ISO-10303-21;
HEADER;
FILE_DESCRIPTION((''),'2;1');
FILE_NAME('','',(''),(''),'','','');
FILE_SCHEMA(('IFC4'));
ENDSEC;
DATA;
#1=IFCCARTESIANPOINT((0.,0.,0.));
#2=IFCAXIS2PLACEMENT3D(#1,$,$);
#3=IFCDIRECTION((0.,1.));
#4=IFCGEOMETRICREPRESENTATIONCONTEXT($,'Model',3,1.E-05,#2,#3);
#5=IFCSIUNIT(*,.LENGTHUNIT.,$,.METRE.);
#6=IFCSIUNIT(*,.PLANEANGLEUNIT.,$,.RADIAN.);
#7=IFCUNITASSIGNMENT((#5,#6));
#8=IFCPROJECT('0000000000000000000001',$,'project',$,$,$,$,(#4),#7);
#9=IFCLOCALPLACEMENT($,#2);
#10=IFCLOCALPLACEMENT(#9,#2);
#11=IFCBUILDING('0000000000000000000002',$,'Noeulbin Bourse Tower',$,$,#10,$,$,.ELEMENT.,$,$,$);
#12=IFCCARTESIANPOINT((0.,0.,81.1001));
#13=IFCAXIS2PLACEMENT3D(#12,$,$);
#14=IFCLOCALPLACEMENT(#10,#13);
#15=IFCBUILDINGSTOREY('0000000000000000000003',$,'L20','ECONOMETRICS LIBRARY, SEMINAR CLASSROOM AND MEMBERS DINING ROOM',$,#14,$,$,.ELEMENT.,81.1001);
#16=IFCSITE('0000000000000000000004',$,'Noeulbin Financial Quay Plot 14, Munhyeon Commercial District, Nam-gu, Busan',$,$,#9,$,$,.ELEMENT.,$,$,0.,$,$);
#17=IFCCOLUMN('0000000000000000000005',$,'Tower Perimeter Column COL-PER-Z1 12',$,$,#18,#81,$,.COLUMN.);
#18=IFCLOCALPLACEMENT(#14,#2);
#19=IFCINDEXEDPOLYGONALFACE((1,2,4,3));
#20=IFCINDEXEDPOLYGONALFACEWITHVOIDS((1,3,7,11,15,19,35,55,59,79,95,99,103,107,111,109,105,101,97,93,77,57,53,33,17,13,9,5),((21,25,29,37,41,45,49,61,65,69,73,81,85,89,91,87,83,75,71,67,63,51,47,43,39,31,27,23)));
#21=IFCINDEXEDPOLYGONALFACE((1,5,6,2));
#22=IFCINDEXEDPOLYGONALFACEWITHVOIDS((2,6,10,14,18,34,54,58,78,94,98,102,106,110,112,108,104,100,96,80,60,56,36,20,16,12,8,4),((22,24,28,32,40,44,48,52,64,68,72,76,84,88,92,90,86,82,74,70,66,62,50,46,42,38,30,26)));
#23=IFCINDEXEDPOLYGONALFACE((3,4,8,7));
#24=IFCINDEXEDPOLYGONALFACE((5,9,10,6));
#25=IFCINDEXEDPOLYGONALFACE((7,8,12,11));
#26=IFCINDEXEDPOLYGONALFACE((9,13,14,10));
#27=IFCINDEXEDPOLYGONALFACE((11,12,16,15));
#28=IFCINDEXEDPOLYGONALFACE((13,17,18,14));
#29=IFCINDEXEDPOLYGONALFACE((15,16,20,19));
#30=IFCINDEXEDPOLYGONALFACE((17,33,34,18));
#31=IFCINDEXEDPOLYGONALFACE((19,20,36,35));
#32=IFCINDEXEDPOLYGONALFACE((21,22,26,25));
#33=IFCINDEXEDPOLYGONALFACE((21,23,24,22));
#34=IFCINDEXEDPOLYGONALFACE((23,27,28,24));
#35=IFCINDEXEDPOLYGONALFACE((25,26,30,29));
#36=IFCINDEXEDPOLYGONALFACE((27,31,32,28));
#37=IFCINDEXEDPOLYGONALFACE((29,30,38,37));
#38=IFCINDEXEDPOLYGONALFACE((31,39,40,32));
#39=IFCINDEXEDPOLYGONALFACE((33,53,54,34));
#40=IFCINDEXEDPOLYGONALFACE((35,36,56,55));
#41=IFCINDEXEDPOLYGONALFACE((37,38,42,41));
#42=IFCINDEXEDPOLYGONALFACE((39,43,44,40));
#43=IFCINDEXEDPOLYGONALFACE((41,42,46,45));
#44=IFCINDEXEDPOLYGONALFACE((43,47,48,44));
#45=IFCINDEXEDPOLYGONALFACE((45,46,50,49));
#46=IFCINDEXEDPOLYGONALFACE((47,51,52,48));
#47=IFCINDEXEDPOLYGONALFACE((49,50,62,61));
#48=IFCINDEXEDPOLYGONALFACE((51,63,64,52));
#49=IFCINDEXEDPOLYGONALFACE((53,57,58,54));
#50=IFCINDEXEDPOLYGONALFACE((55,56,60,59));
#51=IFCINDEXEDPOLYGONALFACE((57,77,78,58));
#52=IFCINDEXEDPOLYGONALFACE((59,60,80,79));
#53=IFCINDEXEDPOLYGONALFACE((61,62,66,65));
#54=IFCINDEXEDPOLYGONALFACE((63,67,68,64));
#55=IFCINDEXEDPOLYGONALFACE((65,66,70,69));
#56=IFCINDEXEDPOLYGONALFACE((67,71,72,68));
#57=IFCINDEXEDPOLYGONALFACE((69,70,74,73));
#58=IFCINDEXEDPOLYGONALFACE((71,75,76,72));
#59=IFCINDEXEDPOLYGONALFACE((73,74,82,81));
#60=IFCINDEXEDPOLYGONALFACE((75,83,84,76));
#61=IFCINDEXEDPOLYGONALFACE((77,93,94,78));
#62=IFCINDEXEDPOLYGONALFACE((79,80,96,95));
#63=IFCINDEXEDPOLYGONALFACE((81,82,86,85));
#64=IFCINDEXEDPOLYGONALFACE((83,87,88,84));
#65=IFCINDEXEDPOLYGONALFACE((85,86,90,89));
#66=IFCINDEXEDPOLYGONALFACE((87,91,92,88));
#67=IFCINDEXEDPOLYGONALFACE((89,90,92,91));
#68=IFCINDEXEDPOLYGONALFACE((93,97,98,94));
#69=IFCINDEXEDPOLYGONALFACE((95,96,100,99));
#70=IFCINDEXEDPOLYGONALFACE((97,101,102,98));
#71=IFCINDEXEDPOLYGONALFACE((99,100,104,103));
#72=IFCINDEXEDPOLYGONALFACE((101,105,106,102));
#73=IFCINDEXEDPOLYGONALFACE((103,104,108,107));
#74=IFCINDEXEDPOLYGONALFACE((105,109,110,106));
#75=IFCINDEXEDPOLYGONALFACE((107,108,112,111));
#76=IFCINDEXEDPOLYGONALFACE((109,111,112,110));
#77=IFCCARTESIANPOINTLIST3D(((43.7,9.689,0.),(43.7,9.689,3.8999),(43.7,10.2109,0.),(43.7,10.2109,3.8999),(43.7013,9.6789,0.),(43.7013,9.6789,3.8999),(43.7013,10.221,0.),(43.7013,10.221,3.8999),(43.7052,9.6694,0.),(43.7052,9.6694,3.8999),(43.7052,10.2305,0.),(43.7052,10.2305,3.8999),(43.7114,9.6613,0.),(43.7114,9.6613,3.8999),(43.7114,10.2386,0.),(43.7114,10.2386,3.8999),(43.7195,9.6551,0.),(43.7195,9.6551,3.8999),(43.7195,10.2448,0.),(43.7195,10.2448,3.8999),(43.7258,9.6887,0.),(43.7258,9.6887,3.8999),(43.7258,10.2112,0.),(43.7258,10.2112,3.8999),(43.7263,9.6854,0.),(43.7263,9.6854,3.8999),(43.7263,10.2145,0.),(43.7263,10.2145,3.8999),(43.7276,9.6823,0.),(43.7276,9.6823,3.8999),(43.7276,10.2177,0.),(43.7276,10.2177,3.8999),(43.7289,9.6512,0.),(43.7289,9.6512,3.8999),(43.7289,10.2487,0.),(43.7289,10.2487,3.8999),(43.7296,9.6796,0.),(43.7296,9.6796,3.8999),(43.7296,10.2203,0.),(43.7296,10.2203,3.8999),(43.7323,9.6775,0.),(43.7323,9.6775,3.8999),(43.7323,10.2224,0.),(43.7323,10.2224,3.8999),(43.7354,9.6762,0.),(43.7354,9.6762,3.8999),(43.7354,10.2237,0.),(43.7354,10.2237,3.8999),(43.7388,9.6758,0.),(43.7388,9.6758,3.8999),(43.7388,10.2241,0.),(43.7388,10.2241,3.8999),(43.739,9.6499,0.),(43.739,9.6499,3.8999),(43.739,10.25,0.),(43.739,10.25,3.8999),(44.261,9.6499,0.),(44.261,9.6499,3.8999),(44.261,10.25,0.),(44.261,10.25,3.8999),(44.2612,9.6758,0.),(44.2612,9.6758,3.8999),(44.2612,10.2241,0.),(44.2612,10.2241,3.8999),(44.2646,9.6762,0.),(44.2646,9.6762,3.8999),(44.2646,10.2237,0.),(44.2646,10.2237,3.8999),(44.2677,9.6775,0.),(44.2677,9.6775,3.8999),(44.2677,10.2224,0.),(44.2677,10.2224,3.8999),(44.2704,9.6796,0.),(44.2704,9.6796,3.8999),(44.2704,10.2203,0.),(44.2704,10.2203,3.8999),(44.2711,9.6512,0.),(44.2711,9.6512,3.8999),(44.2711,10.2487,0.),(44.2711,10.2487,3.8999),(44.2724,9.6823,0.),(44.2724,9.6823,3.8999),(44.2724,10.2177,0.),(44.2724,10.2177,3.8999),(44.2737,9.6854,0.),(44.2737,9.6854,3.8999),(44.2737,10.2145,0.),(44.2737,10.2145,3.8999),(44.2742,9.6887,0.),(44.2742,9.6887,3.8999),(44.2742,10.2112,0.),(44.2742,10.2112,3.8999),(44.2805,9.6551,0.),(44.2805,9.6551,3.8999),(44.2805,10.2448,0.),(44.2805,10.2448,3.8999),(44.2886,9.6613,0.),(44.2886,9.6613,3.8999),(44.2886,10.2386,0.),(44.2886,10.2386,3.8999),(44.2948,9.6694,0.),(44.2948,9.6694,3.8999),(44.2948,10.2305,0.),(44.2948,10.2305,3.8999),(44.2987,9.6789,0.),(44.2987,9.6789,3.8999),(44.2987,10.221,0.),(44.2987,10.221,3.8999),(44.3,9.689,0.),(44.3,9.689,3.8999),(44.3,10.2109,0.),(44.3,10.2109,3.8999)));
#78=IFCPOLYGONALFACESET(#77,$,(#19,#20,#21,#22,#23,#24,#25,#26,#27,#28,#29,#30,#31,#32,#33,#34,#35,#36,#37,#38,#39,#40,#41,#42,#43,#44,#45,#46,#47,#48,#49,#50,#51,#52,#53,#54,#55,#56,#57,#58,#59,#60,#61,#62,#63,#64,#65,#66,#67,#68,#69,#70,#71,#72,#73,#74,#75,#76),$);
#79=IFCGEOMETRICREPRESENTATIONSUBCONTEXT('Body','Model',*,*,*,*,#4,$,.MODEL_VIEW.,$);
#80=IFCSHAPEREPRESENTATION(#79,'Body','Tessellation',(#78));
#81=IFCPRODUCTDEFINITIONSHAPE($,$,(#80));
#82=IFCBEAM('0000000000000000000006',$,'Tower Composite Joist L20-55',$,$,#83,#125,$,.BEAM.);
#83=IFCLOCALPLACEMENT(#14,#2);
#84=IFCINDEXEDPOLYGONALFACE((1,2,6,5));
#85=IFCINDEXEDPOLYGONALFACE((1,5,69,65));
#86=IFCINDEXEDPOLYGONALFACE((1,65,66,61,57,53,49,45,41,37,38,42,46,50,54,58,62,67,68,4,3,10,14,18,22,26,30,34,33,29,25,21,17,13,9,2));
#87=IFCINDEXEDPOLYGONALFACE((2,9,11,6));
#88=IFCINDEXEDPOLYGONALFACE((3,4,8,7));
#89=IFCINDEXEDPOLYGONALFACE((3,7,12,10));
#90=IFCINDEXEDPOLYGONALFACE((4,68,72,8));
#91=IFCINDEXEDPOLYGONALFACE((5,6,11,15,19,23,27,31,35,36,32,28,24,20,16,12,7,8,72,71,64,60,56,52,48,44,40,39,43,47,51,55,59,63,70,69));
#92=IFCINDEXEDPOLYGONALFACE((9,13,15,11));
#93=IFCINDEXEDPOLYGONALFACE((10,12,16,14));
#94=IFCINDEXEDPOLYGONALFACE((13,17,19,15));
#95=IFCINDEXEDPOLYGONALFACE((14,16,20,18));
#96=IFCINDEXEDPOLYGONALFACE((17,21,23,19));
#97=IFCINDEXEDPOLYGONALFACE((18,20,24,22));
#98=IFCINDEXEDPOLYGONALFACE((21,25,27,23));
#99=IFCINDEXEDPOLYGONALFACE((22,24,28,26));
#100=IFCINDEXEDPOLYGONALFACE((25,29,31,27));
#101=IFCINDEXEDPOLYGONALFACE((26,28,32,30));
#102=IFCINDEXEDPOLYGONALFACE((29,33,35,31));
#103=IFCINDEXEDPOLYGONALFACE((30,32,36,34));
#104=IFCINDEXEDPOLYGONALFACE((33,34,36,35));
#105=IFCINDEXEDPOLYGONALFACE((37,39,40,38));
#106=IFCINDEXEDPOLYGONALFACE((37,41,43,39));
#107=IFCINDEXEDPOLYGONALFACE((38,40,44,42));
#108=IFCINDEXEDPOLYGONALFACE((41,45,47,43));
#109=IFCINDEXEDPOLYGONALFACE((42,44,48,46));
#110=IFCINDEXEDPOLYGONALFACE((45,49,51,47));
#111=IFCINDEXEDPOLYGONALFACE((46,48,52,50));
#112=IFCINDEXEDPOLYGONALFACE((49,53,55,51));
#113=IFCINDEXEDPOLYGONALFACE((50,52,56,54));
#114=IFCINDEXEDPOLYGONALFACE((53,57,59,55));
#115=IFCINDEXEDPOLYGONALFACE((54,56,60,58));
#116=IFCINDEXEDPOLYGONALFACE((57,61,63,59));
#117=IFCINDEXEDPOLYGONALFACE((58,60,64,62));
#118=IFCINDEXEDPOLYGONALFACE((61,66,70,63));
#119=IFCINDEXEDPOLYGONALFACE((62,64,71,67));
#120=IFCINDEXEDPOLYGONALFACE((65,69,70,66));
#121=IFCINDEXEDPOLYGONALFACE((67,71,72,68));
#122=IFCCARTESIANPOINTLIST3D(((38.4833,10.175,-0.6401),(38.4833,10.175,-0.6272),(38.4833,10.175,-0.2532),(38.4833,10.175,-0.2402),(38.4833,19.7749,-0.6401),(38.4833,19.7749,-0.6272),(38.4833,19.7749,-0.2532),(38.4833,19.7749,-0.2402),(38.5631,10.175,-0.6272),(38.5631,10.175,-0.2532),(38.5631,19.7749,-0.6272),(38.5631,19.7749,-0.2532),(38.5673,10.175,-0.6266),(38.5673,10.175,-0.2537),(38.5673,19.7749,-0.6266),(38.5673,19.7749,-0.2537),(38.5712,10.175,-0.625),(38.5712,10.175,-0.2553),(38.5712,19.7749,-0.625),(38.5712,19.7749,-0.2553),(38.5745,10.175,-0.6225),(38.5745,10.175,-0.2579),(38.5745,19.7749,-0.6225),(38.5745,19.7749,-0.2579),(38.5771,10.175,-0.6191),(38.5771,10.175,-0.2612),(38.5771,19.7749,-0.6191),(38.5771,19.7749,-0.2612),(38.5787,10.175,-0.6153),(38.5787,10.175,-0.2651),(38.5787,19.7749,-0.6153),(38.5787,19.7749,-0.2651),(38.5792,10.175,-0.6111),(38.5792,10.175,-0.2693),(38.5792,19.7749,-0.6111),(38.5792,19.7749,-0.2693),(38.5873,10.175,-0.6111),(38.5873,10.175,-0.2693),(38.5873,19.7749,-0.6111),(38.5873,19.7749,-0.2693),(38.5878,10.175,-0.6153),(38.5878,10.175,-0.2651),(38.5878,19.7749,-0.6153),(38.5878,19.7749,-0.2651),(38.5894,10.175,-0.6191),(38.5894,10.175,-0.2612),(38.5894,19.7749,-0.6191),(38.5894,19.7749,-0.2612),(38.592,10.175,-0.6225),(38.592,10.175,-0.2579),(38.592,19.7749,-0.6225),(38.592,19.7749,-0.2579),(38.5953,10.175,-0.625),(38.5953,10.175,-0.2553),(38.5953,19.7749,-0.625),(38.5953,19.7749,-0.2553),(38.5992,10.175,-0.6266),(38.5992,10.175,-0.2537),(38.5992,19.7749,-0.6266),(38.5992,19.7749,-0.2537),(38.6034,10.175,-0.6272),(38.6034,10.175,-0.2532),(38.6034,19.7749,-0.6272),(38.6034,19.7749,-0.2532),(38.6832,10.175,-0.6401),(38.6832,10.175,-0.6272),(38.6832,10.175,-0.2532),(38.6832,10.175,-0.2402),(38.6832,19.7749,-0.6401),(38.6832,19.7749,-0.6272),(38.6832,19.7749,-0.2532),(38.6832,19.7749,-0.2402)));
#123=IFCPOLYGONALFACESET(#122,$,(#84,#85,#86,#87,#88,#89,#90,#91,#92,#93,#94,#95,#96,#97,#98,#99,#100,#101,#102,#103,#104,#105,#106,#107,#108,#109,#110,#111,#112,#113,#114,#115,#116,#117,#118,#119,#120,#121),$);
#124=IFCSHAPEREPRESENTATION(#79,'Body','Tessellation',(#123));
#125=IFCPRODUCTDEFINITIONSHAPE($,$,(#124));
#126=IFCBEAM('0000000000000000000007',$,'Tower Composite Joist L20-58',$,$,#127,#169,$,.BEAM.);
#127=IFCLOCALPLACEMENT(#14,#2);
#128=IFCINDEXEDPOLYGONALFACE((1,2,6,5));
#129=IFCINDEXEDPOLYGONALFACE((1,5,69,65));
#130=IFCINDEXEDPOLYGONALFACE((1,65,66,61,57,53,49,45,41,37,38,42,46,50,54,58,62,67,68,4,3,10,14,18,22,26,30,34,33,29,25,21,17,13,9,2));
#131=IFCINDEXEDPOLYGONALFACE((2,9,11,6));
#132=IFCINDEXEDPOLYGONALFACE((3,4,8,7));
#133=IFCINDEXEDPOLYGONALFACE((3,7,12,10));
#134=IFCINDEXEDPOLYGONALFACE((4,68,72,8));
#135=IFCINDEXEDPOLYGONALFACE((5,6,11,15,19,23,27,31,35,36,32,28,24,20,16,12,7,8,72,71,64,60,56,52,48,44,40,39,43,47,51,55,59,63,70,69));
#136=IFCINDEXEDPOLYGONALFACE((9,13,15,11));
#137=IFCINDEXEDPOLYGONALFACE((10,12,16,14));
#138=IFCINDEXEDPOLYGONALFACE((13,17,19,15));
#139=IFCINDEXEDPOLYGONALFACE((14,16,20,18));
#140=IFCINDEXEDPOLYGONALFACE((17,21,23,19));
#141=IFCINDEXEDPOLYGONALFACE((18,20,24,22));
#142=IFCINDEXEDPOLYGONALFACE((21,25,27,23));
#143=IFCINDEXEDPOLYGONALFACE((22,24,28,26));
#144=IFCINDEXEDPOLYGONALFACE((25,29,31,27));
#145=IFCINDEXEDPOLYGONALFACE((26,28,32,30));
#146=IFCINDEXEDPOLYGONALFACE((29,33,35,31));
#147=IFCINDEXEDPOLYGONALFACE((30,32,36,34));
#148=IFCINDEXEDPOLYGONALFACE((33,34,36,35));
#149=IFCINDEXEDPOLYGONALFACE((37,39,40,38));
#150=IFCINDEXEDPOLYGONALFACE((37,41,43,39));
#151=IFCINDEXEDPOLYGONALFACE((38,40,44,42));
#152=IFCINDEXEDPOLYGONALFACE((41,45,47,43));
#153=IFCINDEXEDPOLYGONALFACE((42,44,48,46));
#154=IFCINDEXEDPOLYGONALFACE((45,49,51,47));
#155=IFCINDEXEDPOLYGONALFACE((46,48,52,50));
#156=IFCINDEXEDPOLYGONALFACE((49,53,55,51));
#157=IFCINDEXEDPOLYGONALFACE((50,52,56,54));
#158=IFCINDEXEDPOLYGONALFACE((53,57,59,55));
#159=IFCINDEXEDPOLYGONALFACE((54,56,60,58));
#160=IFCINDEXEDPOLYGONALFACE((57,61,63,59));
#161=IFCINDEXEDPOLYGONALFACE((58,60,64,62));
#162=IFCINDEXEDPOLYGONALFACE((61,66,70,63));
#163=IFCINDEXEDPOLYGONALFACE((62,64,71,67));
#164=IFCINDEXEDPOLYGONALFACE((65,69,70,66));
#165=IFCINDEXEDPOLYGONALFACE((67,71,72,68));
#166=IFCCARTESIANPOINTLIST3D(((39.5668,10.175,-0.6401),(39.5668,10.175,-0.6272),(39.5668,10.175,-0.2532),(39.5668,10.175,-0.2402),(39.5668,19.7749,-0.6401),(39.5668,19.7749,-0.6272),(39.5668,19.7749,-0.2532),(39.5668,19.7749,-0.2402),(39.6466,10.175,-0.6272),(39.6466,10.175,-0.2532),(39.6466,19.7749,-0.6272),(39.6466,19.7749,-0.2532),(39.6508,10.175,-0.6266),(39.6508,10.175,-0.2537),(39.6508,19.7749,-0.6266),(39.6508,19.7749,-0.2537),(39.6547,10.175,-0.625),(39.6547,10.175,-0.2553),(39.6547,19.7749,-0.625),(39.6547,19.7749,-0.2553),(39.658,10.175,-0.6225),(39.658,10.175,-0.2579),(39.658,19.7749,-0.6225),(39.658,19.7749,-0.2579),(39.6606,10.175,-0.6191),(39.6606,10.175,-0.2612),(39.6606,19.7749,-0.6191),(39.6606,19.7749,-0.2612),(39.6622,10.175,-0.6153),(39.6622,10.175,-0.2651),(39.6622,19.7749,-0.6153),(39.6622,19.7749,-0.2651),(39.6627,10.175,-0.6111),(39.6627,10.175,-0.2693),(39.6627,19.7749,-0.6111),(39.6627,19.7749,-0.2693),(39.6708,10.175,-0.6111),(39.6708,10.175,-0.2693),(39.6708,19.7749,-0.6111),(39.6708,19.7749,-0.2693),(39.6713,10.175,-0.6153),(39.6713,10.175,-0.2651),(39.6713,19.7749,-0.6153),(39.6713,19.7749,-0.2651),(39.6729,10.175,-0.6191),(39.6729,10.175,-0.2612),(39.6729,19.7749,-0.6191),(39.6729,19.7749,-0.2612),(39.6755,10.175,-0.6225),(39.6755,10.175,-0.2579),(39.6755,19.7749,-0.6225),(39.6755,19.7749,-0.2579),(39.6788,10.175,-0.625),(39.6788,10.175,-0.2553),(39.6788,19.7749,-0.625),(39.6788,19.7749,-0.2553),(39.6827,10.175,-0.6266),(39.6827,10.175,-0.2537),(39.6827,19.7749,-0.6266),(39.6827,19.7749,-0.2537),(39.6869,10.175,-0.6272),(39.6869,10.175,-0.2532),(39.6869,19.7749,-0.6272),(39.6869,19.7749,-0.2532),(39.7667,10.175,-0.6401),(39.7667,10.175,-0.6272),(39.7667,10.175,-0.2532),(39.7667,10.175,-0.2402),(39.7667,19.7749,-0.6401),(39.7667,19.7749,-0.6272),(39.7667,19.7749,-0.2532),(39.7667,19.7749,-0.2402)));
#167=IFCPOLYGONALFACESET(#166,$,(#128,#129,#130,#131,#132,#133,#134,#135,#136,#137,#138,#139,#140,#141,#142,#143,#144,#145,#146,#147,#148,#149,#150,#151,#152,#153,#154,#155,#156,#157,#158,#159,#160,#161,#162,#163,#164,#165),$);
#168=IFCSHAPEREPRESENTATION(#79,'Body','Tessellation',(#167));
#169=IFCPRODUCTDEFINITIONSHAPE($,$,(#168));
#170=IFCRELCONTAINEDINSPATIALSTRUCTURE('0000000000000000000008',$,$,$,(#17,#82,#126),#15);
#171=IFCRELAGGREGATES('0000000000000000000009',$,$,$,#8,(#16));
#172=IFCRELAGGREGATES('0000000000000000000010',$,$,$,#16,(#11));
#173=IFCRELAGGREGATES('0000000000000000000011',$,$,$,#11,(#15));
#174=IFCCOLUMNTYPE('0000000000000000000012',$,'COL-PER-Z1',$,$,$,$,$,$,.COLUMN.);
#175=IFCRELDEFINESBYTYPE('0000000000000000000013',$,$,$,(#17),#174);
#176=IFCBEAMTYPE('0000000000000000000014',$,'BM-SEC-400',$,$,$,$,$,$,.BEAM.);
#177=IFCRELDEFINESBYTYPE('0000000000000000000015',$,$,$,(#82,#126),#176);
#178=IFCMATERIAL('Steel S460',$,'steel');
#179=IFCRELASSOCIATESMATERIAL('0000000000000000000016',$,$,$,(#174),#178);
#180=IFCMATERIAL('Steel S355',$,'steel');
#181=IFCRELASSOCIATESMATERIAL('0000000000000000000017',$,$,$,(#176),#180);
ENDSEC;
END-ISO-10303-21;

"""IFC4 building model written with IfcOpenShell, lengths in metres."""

from ifc_helpers import new_model, si_unit, direction, frame, origin, origin_2d, place, context, subcontext, project, spatial, hollow_rectangle, i_section, extrude, material, material_profile, profile_set, type_object, element, save


model = new_model("IFC4")

# Units and contexts
model_context = context("Model", 3, precision=1e-05, world=origin(), true_north=direction((0.0, 1.0)))
body_context = subcontext(model_context, "Body", "Model", "MODEL_VIEW")
ifc_project = project(units=[si_unit("LENGTHUNIT", "METRE"), si_unit("PLANEANGLEUNIT", "RADIAN")], contexts=[model_context])

# Site, building, storey
site_placement = place(None, origin())
site = spatial("IfcSite", under=ifc_project, at=site_placement, Name="Noeulbin Financial Quay Plot 14, Munhyeon Commercial District, Nam-gu, Busan", CompositionType="ELEMENT", RefElevation=0.0)
building_placement = place(site_placement, origin())
building = spatial("IfcBuilding", under=site, at=building_placement, Name="Noeulbin Bourse Tower", CompositionType="ELEMENT")
storey_placement = place(building_placement, frame((0.0, 0.0, 81.1001)))
storey = spatial("IfcBuildingStorey", under=building, at=storey_placement, Name="L20", Description="ECONOMETRICS LIBRARY, SEMINAR CLASSROOM AND MEMBERS DINING ROOM", CompositionType="ELEMENT", Elevation=81.1001)

# Column
ifc_material_1 = material(Name="Steel S460", Category="steel")
ifc_material_profile_1 = material_profile(ifc_material_1, hollow_rectangle(XDim=0.6001, YDim=0.6001, WallThickness=0.0259, InnerFilletRadius=0.0129, OuterFilletRadius=0.0391, at=origin_2d()), Name="BOX-600x600x26", Category="LoadBearing")
ifc_profile_set_1 = profile_set([ifc_material_profile_1], Name="Steel S460")
column_type = type_object("IfcColumnType", Name="COL-PER-Z1", PredefinedType="COLUMN", material=ifc_profile_set_1)
column_placement = place(storey_placement, frame((44.0, 9.95, 0.0), z_axis=(0.0, 0.0, 1.0), x_axis=(1.0, 0.0, 0.0)))
element("IfcColumn", 1, at=column_placement, inside=storey, type_object=column_type, Name="Tower Perimeter Column COL-PER-Z1 12", PredefinedType="COLUMN", context=body_context, shape_type="SweptSolid", body=[
    extrude(hollow_rectangle(XDim=0.6001, YDim=0.6001, WallThickness=0.0259, InnerFilletRadius=0.0129, OuterFilletRadius=0.0391, at=origin_2d()), origin(), (0.0, 0.0, 1.0), 3.8999),
])

# Beams
ifc_material_2 = material(Name="Steel S355", Category="steel")
ifc_material_profile_2 = material_profile(ifc_material_2, i_section(OverallWidth=0.2, OverallDepth=0.3999, WebThickness=0.0081, FlangeThickness=0.0129, FilletRadius=0.0161, at=origin_2d()), Name="H-400x200x8x13", Category="LoadBearing")
ifc_profile_set_2 = profile_set([ifc_material_profile_2], Name="Steel S355")
beam_type_1 = type_object("IfcBeamType", Name="BM-SEC-400", PredefinedType="BEAM", material=ifc_profile_set_2)
for number, where, z_axis, x_axis, name in (
    (2, (38.5833, 10.175, -0.4402), (0.0, 1.0, 0.0), (-1.0, 0.0, 0.0), "Tower Composite Joist L20-55"),
    (3, (39.6667, 10.175, -0.4402), (0.0, 1.0, 0.0), (-1.0, 0.0, 0.0), "Tower Composite Joist L20-58"),
):
    element("IfcBeam", number, at=place(storey_placement, frame(where, z_axis=z_axis, x_axis=x_axis)), inside=storey, type_object=beam_type_1, Name=name, PredefinedType="BEAM", context=body_context, shape_type="SweptSolid", body=[
        extrude(i_section(OverallWidth=0.2, OverallDepth=0.3999, WebThickness=0.0081, FlangeThickness=0.0129, FilletRadius=0.0161, at=origin_2d()), origin(), (0.0, 0.0, 1.0), 9.5999),
    ])

save(model, "model.ifc")
